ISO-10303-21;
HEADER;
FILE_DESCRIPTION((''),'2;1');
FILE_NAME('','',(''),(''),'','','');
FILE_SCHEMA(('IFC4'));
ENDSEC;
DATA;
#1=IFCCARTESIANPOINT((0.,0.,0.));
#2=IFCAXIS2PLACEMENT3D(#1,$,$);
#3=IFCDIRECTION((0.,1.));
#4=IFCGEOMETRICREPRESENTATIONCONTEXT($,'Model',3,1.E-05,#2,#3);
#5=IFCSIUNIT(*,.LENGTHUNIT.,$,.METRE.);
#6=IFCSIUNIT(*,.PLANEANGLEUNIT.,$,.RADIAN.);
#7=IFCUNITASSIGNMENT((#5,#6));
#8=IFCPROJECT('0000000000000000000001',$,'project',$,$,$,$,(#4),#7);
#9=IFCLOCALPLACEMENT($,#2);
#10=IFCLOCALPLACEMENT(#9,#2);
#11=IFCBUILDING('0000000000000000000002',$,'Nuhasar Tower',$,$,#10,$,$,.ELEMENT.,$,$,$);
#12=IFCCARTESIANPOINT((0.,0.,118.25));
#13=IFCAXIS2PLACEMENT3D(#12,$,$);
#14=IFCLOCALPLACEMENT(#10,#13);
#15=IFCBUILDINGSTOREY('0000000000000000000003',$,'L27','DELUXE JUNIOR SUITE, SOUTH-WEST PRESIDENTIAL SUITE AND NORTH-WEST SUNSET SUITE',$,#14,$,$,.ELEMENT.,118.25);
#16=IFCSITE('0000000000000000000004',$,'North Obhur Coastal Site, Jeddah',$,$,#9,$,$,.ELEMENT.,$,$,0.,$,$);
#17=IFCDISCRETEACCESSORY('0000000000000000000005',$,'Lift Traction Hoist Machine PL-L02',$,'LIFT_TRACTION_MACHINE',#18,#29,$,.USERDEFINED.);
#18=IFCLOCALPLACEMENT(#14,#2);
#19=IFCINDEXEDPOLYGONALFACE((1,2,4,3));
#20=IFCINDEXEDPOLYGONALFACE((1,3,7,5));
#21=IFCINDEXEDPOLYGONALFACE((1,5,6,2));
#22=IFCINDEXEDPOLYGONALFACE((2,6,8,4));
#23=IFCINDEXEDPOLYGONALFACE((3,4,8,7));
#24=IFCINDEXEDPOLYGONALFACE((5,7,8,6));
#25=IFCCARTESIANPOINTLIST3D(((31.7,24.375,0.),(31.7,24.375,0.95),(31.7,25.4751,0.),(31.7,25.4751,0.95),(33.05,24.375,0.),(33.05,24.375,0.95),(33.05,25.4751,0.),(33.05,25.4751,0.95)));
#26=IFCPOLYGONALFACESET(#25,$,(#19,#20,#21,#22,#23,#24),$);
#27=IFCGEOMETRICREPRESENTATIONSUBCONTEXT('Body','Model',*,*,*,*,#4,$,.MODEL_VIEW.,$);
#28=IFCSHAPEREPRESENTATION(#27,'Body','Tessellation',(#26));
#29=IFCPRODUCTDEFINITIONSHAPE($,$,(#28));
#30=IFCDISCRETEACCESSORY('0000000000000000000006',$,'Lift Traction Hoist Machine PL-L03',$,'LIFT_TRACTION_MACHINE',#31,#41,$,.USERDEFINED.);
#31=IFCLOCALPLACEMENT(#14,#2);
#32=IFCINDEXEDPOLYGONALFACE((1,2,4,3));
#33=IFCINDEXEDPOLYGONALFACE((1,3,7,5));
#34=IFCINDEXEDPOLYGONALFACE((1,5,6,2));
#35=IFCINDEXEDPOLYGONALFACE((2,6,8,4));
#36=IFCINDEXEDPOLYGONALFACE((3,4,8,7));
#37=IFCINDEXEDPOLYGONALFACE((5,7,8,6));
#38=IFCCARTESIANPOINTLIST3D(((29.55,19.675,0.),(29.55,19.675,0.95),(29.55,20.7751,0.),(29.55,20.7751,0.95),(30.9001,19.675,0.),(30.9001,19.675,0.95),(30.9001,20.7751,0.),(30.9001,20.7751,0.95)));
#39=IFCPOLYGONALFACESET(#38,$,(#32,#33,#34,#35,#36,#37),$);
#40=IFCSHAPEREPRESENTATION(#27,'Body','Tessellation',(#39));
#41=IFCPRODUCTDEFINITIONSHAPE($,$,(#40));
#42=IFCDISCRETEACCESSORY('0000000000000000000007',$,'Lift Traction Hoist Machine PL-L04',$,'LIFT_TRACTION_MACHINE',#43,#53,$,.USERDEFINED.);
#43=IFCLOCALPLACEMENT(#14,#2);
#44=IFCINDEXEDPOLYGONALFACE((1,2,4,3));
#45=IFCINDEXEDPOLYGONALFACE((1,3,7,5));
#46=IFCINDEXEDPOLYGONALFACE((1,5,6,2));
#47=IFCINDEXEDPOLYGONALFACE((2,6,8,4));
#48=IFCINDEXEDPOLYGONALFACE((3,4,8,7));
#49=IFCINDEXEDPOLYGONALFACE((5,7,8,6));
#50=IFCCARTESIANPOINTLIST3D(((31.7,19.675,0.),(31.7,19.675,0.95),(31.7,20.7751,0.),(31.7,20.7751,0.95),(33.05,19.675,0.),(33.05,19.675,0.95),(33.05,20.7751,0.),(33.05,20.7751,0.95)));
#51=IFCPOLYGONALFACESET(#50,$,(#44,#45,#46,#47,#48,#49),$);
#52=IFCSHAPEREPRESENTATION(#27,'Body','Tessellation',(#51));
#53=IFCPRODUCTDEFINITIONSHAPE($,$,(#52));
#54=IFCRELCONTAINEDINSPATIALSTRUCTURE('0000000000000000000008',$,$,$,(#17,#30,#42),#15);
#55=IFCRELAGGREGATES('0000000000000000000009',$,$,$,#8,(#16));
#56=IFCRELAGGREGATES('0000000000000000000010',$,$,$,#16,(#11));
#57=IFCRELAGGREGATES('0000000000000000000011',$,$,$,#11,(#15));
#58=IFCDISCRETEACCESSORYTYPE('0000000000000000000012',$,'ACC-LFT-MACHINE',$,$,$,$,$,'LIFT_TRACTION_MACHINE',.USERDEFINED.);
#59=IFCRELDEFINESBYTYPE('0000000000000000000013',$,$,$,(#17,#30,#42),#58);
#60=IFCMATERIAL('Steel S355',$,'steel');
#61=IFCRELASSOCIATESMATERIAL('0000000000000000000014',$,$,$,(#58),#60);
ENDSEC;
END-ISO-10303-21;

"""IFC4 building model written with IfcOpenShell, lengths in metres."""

from ifc_helpers import new_model, si_unit, direction, frame, origin, origin_2d, place, context, subcontext, project, spatial, rectangle, extrude, material, type_object, element, save


model = new_model("IFC4")

# Units and contexts
model_context = context("Model", 3, precision=1e-05, world=origin(), true_north=direction((0.0, 1.0)))
body_context = subcontext(model_context, "Body", "Model", "MODEL_VIEW")
ifc_project = project(units=[si_unit("LENGTHUNIT", "METRE"), si_unit("PLANEANGLEUNIT", "RADIAN")], contexts=[model_context])

# Site, building, storey
site_placement = place(None, origin())
site = spatial("IfcSite", under=ifc_project, at=site_placement, Name="North Obhur Coastal Site, Jeddah", CompositionType="ELEMENT", RefElevation=0.0)
building_placement = place(site_placement, origin())
building = spatial("IfcBuilding", under=site, at=building_placement, Name="Nuhasar Tower", CompositionType="ELEMENT")
storey_placement = place(building_placement, frame((0.0, 0.0, 118.25)))
storey = spatial("IfcBuildingStorey", under=building, at=storey_placement, Name="L27", Description="DELUXE JUNIOR SUITE, SOUTH-WEST PRESIDENTIAL SUITE AND NORTH-WEST SUNSET SUITE", CompositionType="ELEMENT", Elevation=118.25)

# Shared definitions
ifc_material_1 = material(Name="Steel S355", Category="steel")

# Discrete accessories
discrete_accessory_type = type_object("IfcDiscreteAccessoryType", Name="ACC-LFT-MACHINE", ElementType="LIFT_TRACTION_MACHINE", PredefinedType="USERDEFINED", material=ifc_material_1)
for number, where, z_axis, x_axis, name in (
    (1, (32.375, 24.925, 0.0), (0.0, 0.0, 1.0), (1.0, 0.0, 0.0), "Lift Traction Hoist Machine PL-L02"),
    (2, (30.2251, 20.2251, 0.0), (0.0, 0.0, 1.0), (1.0, 0.0, 0.0), "Lift Traction Hoist Machine PL-L03"),
    (3, (32.375, 20.2251, 0.0), (0.0, 0.0, 1.0), (1.0, 0.0, 0.0), "Lift Traction Hoist Machine PL-L04"),
):
    element("IfcDiscreteAccessory", number, at=place(storey_placement, frame(where, z_axis=z_axis, x_axis=x_axis)), inside=storey, type_object=discrete_accessory_type, Name=name, ObjectType="LIFT_TRACTION_MACHINE", PredefinedType="USERDEFINED", context=body_context, shape_type="SweptSolid", body=[
        extrude(rectangle(XDim=1.3501, YDim=1.1001, at=origin_2d()), origin(), (0.0, 0.0, 1.0), 0.95),
    ])

save(model, "model.ifc")
